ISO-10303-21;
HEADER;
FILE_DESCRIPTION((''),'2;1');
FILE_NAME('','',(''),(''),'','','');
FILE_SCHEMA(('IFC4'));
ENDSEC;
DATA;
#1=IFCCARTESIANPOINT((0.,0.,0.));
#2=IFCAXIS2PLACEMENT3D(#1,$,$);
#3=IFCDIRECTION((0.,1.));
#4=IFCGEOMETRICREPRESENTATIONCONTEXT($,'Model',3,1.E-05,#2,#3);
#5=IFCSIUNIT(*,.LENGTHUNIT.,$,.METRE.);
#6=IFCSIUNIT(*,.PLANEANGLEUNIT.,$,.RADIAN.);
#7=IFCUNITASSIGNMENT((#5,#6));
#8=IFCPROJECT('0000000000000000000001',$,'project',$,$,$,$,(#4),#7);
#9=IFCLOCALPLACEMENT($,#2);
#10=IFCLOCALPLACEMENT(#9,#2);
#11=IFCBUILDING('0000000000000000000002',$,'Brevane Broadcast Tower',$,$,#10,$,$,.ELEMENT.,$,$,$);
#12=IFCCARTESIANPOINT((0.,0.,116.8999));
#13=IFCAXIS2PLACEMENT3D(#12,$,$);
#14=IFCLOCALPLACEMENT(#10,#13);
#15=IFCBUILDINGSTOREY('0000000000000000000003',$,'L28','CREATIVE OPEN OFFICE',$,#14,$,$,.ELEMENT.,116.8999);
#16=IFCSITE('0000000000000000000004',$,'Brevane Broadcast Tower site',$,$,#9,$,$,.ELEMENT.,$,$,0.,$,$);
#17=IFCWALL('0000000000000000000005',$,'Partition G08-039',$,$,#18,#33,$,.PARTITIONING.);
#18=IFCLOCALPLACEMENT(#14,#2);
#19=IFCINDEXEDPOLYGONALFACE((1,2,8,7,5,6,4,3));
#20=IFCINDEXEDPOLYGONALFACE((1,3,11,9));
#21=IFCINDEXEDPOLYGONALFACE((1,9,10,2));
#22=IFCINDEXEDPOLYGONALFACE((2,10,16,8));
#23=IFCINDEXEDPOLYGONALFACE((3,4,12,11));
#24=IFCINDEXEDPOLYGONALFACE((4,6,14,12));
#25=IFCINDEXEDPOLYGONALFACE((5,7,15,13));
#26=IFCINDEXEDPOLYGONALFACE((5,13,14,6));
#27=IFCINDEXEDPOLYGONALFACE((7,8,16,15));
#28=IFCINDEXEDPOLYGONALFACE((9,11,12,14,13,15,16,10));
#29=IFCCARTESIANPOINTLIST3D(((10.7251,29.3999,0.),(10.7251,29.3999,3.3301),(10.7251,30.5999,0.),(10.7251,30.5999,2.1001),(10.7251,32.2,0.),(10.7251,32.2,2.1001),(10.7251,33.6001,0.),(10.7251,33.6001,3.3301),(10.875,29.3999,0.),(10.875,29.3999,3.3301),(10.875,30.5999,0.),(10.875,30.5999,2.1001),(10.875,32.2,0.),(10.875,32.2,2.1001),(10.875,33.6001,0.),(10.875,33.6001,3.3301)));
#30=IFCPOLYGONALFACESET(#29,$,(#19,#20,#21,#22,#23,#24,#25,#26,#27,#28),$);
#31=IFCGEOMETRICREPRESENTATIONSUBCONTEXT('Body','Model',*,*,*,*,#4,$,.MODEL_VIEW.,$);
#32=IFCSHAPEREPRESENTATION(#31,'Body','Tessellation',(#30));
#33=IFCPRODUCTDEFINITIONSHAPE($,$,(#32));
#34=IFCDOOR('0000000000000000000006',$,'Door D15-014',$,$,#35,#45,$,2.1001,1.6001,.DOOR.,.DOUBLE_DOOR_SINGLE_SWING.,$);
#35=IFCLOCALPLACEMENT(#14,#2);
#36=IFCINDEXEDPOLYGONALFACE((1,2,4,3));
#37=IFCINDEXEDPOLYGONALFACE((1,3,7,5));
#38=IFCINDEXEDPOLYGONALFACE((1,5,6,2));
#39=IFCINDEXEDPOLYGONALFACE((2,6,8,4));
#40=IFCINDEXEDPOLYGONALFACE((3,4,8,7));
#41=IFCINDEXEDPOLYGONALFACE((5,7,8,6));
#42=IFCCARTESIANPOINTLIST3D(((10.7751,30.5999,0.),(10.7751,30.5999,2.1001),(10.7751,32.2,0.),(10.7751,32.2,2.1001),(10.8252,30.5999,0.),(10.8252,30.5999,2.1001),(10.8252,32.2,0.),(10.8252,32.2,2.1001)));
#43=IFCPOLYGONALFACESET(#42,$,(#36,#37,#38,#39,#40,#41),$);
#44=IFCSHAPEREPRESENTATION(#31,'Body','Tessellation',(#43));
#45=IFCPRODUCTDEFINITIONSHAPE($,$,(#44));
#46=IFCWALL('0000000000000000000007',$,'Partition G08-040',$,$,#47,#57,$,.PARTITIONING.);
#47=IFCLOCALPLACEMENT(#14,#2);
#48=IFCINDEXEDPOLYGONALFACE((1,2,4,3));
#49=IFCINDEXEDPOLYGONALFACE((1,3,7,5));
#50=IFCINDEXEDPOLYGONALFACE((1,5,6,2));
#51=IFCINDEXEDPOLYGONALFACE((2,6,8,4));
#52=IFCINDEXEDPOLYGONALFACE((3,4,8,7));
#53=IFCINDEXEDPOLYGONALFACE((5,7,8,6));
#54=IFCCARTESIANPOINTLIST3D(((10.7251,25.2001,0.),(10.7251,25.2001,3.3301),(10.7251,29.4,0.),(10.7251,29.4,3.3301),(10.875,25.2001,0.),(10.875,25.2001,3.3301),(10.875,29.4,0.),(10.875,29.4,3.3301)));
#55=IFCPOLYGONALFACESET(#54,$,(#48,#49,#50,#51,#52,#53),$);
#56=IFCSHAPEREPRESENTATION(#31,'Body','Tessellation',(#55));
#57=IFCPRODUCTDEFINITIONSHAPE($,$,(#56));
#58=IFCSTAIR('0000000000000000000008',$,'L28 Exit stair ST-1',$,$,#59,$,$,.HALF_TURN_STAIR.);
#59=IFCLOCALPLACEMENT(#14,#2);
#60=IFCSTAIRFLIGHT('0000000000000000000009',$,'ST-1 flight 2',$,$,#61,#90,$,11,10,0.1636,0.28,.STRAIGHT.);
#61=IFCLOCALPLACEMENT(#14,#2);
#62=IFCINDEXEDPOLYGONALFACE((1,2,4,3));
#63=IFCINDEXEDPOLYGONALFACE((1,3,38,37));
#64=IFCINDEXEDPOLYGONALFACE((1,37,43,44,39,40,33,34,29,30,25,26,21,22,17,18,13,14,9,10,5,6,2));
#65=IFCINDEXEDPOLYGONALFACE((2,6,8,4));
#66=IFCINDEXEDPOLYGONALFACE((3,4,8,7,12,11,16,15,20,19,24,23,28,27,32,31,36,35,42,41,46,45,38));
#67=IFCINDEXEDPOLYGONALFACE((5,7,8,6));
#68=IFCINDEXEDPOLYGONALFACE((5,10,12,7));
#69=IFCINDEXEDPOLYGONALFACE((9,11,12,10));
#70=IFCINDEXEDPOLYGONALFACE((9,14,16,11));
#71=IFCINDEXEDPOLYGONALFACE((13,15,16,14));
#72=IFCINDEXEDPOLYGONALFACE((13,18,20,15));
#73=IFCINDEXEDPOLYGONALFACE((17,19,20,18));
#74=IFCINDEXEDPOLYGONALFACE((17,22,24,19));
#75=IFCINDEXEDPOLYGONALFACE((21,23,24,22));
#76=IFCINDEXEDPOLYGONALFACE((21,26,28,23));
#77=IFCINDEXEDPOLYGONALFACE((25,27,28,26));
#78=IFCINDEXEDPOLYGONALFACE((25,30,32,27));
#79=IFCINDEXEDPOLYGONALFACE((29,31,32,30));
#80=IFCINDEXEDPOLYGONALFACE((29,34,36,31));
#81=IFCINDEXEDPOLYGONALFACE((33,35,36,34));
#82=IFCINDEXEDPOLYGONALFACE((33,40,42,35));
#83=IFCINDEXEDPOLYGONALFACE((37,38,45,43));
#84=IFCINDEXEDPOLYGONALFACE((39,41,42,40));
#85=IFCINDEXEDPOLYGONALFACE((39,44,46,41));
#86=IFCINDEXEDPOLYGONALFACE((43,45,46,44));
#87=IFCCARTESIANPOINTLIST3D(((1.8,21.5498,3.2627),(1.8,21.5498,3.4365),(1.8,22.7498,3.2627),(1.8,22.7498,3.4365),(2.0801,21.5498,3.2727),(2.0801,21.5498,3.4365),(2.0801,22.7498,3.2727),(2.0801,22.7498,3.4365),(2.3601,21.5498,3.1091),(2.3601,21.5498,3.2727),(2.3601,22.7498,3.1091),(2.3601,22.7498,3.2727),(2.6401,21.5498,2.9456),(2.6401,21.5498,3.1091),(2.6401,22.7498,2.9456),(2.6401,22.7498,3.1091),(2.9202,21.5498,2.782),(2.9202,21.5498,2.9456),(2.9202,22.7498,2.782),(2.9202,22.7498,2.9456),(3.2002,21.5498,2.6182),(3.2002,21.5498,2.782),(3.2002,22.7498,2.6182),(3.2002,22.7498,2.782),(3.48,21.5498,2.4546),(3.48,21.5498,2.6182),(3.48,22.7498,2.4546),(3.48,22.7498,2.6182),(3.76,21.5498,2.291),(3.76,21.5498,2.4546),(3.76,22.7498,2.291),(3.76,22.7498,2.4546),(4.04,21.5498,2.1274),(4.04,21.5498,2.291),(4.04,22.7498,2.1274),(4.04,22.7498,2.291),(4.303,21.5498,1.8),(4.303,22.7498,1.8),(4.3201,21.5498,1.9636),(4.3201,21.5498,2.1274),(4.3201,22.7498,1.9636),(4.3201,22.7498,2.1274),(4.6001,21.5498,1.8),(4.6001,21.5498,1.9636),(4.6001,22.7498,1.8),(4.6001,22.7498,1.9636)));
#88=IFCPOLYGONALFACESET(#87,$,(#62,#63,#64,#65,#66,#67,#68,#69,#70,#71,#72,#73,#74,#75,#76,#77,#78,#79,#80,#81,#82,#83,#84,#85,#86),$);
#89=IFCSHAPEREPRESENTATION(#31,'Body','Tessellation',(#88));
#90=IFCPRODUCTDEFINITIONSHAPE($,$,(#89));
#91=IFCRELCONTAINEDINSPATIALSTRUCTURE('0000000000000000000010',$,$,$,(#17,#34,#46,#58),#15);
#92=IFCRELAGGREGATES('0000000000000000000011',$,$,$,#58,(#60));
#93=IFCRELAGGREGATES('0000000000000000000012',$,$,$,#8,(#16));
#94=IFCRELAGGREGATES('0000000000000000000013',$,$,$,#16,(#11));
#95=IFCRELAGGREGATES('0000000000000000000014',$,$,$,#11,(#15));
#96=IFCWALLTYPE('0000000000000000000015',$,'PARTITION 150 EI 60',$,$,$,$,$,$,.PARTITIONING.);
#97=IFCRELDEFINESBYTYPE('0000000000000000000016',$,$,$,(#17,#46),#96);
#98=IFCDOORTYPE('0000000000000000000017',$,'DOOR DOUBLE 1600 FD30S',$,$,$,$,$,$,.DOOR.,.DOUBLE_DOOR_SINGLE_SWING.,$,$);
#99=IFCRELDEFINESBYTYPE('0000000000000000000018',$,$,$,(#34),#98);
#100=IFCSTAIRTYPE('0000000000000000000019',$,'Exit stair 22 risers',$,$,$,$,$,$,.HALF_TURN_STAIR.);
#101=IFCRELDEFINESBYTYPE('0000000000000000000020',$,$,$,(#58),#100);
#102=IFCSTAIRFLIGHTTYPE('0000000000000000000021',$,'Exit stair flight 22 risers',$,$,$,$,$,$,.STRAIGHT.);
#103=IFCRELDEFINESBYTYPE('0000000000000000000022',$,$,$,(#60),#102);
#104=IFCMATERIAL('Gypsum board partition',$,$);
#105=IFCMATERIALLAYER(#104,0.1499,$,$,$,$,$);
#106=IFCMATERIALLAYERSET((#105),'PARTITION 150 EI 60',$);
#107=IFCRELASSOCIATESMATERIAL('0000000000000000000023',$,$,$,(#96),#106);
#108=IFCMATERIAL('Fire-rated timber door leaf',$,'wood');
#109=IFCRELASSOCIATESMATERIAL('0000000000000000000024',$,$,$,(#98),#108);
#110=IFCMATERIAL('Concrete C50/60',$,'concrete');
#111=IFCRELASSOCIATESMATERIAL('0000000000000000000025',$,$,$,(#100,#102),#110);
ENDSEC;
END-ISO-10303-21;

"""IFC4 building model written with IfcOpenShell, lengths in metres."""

from ifc_helpers import new_model, si_unit, direction, frame, frame_2d, origin, place, context, subcontext, project, spatial, polyline, rectangle, outline, extrude, material, layer, layer_set, type_object, element, fill, aggregate, save


model = new_model("IFC4")

# Units and contexts
model_context = context("Model", 3, precision=1e-05, world=origin(), true_north=direction((0.0, 1.0)))
body_context = subcontext(model_context, "Body", "Model", "MODEL_VIEW")
ifc_project = project(units=[si_unit("LENGTHUNIT", "METRE"), si_unit("PLANEANGLEUNIT", "RADIAN")], contexts=[model_context])

# Site, building, storey
site_placement = place(None, origin())
site = spatial("IfcSite", under=ifc_project, at=site_placement, Name="Brevane Broadcast Tower site", CompositionType="ELEMENT", RefElevation=0.0)
building_placement = place(site_placement, origin())
building = spatial("IfcBuilding", under=site, at=building_placement, Name="Brevane Broadcast Tower", CompositionType="ELEMENT")
storey_placement = place(building_placement, frame((0.0, 0.0, 116.8999)))
storey = spatial("IfcBuildingStorey", under=building, at=storey_placement, Name="L28", Description="CREATIVE OPEN OFFICE", CompositionType="ELEMENT", Elevation=116.8999)

# Shared definitions
ifc_material_1 = material(Name="Gypsum board partition")

# Wall, opening, door
ifc_layer_1 = layer(ifc_material_1, 0.1499)
ifc_layer_set_1 = layer_set([ifc_layer_1], Name="PARTITION 150 EI 60")
wall_type_1 = type_object("IfcWallType", Name="PARTITION 150 EI 60", PredefinedType="PARTITIONING", material=ifc_layer_set_1)
wall_1_placement = place(storey_placement, frame((10.8, 29.3999, 0.0), z_axis=(0.0, 0.0, 1.0), x_axis=(0.0, 1.0, 0.0)))
wall_1 = element("IfcWall", 1, at=wall_1_placement, inside=storey, type_object=wall_type_1, Name="Partition G08-039", PredefinedType="PARTITIONING", context=body_context, shape_type="SweptSolid", body=[
    extrude(rectangle(XDim=4.2002, YDim=0.1499, at=frame_2d((2.1001, 0.0))), origin(), (0.0, 0.0, 1.0), 3.3301),
])
opening_1_placement = place(wall_1_placement, frame((1.2, 0.0, 0.0)))
opening_1 = element("IfcOpeningElement", 2, at=opening_1_placement, cuts=wall_1, PredefinedType="OPENING", context=body_context, shape_type="SweptSolid", body=[
    extrude(rectangle(XDim=1.6001, YDim=2.1001, at=frame_2d((0.8, 1.05))), frame((0.0, 0.085, 0.0), z_axis=(0.0, -1.0, 0.0), x_axis=(1.0, 0.0, 0.0)), (0.0, 0.0, 1.0), 0.1699),
])
ifc_material_2 = material(Name="Fire-rated timber door leaf", Category="wood")
door_type_1 = type_object("IfcDoorType", Name="DOOR DOUBLE 1600 FD30S", OperationType="DOUBLE_DOOR_SINGLE_SWING", PredefinedType="DOOR", material=ifc_material_2)
door_1_placement = place(opening_1_placement, origin())
door_1 = element("IfcDoor", 3, at=door_1_placement, inside=storey, type_object=door_type_1, Name="Door D15-014", OperationType="DOUBLE_DOOR_SINGLE_SWING", OverallHeight=2.1001, OverallWidth=1.6001, PredefinedType="DOOR", context=body_context, shape_type="SweptSolid", body=[
    extrude(rectangle(XDim=1.6001, YDim=2.1001, at=frame_2d((0.8, 1.05))), frame((0.0, 0.0249, 0.0), z_axis=(0.0, -1.0, 0.0), x_axis=(1.0, 0.0, 0.0)), (0.0, 0.0, 1.0), 0.05),
])
fill(opening_1, door_1)

# Wall
wall_2_placement = place(storey_placement, frame((10.8, 25.2, 0.0), z_axis=(0.0, 0.0, 1.0), x_axis=(0.0, 1.0, 0.0)))
element("IfcWall", 4, at=wall_2_placement, inside=storey, type_object=wall_type_1, Name="Partition G08-040", PredefinedType="PARTITIONING", context=body_context, shape_type="SweptSolid", body=[
    extrude(rectangle(XDim=4.2, YDim=0.1499, at=frame_2d((2.1001, 0.0))), origin(), (0.0, 0.0, 1.0), 3.3301),
])

# Stair, stair flight
ifc_material_3 = material(Name="Concrete C50/60", Category="concrete")
stair_type = type_object("IfcStairType", Name="Exit stair 22 risers", PredefinedType="HALF_TURN_STAIR", material=ifc_material_3)
stair_placement = place(storey_placement, origin())
stair = element("IfcStair", 5, at=stair_placement, inside=storey, type_object=stair_type, Name="L28 Exit stair ST-1", PredefinedType="HALF_TURN_STAIR")
stair_flight_type = type_object("IfcStairFlightType", Name="Exit stair flight 22 risers", PredefinedType="STRAIGHT", material=ifc_material_3)
stair_flight_placement = place(storey_placement, frame((4.6001, 22.1499, 1.8), z_axis=(0.0, 0.0, 1.0), x_axis=(-1.0, 0.0, 0.0)))
stair_flight = element("IfcStairFlight", 6, at=stair_flight_placement, type_object=stair_flight_type, Name="ST-1 flight 2", NumberOfRisers=11, NumberOfTreads=10, PredefinedType="STRAIGHT", RiserHeight=0.1636, TreadLength=0.28, context=body_context, shape_type="SweptSolid", body=[
    extrude(outline(polyline([(0.0, 0.0), (0.0, 0.1636), (0.28, 0.1636), (0.28, 0.3274), (0.5601, 0.3274), (0.5601, 0.491), (0.8401, 0.491), (0.8401, 0.6545), (1.1201, 0.6545), (1.1201, 0.8181), (1.3999, 0.8181), (1.3999, 0.9819), (1.6799, 0.9819), (1.6799, 1.1455), (1.96, 1.1455), (1.96, 1.3091), (2.24, 1.3091), (2.24, 1.4727), (2.52, 1.4727), (2.52, 1.6365), (2.8, 1.6365), (2.8, 1.8), (2.8, 1.4626), (0.2971, 0.0), (0.0, 0.0)])), frame((0.0, 0.6001, 0.0), z_axis=(0.0, -1.0, 0.0), x_axis=(1.0, 0.0, 0.0)), (0.0, 0.0, 1.0), 1.2),
])
aggregate(stair, [stair_flight])

save(model, "model.ifc")
